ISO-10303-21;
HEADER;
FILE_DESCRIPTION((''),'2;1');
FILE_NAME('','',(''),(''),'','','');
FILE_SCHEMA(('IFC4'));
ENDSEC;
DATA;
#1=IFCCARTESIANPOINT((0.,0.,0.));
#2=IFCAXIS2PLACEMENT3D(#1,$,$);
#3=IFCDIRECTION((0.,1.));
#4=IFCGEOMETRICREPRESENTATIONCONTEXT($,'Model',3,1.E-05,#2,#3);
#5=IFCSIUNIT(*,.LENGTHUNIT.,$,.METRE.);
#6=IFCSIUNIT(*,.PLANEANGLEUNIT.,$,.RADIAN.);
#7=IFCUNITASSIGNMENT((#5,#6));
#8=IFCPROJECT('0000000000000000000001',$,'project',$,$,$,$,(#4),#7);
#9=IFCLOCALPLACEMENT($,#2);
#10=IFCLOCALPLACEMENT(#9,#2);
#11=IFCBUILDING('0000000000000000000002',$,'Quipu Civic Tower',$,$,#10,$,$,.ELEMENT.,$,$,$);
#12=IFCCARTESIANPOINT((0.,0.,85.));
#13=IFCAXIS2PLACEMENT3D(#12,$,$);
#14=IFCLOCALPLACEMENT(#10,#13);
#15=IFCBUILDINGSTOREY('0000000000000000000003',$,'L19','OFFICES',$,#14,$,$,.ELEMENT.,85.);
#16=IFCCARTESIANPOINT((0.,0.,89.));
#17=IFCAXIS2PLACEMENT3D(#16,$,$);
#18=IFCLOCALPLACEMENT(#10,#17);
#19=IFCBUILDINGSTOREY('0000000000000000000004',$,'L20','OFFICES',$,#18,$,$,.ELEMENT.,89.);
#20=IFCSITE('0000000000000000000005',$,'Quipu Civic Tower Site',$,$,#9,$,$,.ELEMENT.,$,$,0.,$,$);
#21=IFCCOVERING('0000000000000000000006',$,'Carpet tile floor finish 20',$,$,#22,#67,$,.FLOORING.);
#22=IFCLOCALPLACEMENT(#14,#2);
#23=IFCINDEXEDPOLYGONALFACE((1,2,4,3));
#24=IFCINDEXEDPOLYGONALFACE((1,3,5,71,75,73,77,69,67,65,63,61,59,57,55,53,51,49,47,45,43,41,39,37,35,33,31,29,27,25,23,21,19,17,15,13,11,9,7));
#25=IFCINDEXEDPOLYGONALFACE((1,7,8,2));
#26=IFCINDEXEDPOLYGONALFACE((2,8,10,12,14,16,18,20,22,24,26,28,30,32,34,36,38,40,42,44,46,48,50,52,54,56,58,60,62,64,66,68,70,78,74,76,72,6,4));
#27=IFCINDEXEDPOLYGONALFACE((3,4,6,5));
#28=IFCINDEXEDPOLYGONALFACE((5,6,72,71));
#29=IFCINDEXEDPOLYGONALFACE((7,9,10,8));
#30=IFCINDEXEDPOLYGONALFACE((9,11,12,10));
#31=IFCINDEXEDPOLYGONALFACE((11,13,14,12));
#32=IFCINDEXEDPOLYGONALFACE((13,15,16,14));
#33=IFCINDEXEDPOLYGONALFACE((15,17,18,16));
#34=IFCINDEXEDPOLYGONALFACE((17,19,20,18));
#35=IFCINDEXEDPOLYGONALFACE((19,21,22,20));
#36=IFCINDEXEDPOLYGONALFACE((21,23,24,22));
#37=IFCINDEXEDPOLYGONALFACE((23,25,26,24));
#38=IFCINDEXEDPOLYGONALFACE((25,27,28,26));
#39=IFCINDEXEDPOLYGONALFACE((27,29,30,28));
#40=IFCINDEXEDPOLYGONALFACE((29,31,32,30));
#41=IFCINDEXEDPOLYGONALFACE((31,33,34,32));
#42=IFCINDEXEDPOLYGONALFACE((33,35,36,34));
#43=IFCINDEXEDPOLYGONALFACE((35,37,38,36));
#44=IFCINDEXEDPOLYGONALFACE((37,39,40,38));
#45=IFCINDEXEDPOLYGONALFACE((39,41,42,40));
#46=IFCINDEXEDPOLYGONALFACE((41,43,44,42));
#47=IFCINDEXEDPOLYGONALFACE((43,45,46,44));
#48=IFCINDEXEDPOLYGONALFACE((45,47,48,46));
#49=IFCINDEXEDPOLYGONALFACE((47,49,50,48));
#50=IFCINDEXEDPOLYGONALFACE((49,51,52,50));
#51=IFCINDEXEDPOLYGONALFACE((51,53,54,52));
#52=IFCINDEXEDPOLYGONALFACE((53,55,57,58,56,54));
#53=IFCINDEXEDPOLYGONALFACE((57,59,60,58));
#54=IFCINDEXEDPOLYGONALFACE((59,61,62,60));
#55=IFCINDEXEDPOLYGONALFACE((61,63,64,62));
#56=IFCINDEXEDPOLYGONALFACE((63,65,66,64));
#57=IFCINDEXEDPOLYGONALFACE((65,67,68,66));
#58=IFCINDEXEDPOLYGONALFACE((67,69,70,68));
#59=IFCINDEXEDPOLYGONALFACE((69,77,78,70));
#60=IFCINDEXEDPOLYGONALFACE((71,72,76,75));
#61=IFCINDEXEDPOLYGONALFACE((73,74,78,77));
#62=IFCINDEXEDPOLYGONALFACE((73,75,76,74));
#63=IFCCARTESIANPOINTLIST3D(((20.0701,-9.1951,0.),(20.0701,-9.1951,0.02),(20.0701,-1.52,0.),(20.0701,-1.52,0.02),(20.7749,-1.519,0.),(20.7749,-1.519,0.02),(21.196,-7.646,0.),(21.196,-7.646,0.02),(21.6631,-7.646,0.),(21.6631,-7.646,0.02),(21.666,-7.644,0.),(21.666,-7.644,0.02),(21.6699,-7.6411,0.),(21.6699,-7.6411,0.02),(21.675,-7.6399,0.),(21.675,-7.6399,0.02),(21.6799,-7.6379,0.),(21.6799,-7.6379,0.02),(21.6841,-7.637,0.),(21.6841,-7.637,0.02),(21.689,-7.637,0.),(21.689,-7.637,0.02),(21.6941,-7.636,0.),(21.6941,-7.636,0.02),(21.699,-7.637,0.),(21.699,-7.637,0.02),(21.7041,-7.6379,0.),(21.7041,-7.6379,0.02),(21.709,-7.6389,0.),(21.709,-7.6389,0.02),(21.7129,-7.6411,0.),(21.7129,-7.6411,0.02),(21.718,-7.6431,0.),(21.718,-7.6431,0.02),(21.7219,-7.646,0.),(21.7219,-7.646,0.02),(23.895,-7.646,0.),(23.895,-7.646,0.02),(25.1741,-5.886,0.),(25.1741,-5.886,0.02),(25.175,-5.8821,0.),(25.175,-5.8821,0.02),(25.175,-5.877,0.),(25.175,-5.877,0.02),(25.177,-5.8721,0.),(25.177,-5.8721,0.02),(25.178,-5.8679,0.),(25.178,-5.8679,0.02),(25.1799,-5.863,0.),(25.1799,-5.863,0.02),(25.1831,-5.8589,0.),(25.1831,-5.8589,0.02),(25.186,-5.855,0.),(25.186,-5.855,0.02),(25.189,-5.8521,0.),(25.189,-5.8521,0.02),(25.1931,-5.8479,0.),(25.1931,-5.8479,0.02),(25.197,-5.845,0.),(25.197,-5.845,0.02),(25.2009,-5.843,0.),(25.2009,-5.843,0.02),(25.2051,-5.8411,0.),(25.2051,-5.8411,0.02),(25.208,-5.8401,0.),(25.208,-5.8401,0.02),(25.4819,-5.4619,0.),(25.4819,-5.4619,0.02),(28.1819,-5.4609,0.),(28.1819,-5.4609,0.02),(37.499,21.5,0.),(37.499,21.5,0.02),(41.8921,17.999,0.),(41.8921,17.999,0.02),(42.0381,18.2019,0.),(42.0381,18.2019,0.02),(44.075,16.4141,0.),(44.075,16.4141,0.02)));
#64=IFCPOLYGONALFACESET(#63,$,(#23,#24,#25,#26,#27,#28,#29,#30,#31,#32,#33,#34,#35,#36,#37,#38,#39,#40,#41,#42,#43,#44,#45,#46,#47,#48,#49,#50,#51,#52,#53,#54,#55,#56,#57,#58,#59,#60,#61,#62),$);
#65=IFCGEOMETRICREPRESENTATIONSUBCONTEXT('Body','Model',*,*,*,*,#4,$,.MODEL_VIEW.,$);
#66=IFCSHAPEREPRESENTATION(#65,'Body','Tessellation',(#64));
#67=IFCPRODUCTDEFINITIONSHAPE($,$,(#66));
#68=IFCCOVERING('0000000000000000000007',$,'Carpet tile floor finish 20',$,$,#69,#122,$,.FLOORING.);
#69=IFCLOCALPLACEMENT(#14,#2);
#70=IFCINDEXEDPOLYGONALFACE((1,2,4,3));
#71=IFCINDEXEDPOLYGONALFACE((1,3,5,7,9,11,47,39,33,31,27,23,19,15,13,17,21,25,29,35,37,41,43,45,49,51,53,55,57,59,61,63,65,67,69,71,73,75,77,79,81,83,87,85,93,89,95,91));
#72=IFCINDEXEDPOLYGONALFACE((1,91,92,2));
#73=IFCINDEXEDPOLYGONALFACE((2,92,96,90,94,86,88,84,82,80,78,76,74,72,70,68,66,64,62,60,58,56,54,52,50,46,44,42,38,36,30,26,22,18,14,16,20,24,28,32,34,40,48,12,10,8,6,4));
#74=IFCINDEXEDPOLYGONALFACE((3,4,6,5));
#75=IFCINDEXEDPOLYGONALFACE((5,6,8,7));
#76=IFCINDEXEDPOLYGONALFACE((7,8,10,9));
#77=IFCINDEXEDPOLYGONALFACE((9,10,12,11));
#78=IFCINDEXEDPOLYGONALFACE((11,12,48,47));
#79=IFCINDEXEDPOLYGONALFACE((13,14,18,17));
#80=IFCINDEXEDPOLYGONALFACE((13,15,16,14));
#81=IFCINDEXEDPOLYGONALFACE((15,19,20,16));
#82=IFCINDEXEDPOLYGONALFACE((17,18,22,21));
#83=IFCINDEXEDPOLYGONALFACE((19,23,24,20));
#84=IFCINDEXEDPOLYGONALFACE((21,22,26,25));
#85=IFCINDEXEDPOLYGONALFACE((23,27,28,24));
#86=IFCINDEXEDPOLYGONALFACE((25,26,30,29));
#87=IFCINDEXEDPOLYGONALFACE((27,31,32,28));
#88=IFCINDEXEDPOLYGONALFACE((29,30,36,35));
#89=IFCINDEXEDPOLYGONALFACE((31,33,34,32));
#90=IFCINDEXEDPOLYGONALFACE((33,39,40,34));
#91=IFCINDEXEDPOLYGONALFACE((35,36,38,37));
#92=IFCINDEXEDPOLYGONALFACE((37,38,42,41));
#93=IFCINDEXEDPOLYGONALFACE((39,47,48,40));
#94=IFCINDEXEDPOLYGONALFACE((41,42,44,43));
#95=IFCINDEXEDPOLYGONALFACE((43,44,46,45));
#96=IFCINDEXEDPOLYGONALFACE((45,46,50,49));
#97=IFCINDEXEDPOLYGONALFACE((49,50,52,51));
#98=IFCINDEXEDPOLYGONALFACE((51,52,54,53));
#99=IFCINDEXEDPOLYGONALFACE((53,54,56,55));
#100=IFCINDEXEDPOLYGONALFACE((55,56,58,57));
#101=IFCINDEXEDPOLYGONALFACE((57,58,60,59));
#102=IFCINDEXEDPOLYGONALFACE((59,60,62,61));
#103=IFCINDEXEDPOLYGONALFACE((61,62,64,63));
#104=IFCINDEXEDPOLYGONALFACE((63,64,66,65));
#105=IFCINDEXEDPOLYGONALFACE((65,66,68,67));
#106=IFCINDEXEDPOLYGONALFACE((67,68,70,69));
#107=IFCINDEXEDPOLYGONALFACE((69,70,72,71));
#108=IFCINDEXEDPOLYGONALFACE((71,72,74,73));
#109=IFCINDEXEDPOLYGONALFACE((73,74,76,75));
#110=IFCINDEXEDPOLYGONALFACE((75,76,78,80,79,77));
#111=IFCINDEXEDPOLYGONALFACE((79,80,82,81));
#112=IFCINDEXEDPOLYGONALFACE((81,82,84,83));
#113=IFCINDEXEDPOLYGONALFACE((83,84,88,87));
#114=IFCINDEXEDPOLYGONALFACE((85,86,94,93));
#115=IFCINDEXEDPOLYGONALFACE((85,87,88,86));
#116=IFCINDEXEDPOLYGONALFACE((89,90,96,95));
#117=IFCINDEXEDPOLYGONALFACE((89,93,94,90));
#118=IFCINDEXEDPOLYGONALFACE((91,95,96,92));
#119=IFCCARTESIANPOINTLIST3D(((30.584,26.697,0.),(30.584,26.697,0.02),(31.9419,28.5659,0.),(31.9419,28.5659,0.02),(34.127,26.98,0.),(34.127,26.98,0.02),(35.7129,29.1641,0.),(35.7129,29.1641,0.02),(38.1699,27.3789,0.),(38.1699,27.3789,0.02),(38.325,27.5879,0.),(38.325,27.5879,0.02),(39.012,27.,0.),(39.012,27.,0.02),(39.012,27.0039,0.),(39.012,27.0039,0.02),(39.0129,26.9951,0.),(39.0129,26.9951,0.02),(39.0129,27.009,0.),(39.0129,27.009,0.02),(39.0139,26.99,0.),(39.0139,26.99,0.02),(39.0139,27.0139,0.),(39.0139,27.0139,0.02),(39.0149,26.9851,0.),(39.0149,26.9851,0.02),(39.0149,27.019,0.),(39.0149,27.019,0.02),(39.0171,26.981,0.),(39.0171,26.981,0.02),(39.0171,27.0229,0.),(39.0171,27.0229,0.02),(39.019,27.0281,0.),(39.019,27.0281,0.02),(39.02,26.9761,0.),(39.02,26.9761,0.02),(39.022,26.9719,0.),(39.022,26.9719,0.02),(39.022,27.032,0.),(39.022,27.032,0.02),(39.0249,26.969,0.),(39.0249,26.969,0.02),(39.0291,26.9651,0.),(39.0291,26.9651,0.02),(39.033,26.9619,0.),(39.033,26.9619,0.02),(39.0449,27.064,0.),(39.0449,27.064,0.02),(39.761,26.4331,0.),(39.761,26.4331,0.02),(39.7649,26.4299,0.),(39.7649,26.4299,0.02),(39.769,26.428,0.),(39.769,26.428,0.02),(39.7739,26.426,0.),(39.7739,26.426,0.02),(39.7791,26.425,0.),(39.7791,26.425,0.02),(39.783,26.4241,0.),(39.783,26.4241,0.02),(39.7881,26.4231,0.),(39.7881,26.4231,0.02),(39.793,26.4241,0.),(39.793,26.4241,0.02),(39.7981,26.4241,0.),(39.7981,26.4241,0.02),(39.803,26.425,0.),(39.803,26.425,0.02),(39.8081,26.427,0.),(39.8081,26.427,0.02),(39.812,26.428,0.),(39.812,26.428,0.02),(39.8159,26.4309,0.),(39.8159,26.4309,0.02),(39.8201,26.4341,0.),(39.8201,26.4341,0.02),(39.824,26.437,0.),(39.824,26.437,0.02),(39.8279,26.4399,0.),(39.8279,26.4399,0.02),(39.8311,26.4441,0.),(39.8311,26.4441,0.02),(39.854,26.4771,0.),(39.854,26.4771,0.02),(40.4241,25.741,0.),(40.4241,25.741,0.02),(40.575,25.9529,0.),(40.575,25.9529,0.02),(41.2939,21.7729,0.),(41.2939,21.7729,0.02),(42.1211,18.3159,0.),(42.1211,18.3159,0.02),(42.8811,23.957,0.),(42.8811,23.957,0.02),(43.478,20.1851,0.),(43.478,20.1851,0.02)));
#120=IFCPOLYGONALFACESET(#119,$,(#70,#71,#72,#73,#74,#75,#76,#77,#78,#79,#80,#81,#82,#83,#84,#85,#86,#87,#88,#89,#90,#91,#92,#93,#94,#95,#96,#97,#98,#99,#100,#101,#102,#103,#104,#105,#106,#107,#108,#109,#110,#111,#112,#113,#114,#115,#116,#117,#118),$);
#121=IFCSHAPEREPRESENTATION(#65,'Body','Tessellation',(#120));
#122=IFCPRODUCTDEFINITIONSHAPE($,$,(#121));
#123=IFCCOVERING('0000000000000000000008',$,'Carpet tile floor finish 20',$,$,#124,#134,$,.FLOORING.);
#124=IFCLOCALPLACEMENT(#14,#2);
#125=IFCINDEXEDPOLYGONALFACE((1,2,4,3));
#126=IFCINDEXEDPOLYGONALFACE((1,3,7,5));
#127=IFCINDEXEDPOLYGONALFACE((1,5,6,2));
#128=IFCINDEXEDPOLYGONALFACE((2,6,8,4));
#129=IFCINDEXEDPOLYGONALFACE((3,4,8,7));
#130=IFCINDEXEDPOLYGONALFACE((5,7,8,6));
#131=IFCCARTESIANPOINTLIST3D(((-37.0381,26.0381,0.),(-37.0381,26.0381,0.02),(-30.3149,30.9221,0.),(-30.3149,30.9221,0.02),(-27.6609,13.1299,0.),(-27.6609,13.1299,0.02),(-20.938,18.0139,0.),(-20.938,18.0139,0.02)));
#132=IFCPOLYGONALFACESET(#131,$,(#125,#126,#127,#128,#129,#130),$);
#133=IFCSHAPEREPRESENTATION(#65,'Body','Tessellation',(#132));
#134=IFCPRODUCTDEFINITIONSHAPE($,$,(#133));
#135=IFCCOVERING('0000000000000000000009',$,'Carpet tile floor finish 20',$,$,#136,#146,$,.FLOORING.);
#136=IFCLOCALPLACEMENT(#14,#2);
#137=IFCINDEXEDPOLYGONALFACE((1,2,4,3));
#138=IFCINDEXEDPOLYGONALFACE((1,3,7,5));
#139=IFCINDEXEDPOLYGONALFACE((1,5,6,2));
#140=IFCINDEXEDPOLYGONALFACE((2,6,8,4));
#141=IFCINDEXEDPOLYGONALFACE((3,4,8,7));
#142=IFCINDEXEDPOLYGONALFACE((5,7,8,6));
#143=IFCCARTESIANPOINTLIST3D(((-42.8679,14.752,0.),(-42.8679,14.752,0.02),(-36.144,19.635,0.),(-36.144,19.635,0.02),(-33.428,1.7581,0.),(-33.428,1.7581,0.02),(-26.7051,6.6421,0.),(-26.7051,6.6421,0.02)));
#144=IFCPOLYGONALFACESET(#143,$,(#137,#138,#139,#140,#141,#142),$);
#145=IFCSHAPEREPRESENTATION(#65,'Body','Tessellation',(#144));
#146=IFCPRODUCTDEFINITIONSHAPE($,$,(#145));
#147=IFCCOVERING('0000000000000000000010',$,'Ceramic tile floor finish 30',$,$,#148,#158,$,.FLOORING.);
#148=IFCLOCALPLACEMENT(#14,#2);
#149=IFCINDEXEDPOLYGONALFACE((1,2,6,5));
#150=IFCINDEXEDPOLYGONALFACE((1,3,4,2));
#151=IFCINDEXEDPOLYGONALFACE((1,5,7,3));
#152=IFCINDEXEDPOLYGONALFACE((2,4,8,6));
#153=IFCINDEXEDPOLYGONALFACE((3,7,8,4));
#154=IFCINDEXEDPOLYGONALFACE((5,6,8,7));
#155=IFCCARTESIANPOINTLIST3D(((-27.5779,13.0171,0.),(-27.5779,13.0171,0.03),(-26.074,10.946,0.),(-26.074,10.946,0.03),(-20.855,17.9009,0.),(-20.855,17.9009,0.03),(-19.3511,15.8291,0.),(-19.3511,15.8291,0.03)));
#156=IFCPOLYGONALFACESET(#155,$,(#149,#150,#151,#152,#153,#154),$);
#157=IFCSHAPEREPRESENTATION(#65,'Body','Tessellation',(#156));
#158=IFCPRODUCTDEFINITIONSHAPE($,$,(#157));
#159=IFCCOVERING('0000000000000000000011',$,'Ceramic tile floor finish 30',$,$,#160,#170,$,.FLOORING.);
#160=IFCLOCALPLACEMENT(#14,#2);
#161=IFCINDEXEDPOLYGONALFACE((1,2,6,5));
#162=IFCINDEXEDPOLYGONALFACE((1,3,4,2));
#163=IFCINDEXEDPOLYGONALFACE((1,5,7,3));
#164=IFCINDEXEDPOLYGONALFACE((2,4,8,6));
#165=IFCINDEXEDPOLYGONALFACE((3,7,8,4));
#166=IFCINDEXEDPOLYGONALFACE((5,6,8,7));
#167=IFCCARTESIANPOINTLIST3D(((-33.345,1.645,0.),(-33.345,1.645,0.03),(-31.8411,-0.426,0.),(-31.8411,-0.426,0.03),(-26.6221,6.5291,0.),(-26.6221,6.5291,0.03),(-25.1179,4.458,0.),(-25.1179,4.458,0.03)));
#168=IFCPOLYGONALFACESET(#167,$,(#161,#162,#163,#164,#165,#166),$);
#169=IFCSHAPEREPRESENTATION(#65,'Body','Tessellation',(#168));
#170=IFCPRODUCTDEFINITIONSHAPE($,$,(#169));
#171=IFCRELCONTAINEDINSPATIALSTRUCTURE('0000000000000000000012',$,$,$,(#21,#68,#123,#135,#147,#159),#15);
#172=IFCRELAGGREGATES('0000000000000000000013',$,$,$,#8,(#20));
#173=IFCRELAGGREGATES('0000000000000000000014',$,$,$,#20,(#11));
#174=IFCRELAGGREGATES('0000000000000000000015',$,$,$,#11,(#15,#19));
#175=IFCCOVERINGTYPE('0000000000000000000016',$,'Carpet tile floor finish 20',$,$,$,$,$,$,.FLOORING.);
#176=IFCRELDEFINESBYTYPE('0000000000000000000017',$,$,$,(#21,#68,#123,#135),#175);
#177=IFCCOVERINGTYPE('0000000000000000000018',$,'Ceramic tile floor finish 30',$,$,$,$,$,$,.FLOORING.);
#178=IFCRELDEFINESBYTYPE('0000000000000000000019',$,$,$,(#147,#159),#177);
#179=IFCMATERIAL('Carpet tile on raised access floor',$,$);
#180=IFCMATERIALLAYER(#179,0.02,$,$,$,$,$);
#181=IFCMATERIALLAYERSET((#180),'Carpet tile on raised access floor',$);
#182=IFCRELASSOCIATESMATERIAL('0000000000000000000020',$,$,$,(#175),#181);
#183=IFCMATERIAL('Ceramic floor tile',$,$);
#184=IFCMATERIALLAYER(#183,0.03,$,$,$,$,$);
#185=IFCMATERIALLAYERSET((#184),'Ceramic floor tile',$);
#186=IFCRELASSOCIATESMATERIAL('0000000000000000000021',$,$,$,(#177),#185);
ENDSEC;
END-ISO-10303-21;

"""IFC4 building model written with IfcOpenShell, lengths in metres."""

from ifc_helpers import new_model, si_unit, direction, frame, origin, place, context, subcontext, project, spatial, polyline, outline, extrude, material, layer, layer_set, type_object, element, save


model = new_model("IFC4")

# Units and contexts
model_context = context("Model", 3, precision=1e-05, world=origin(), true_north=direction((0.0, 1.0)))
body_context = subcontext(model_context, "Body", "Model", "MODEL_VIEW")
ifc_project = project(units=[si_unit("LENGTHUNIT", "METRE"), si_unit("PLANEANGLEUNIT", "RADIAN")], contexts=[model_context])

# Site, building, storey
site_placement = place(None, origin())
site = spatial("IfcSite", under=ifc_project, at=site_placement, Name="Quipu Civic Tower Site", CompositionType="ELEMENT", RefElevation=0.0)
building_placement = place(site_placement, origin())
building = spatial("IfcBuilding", under=site, at=building_placement, Name="Quipu Civic Tower", CompositionType="ELEMENT")
storey_1_placement = place(building_placement, frame((0.0, 0.0, 85.0)))
storey_1 = spatial("IfcBuildingStorey", under=building, at=storey_1_placement, Name="L19", Description="OFFICES", CompositionType="ELEMENT", Elevation=85.0)

# Shared definitions
storey_2_placement = place(building_placement, frame((0.0, 0.0, 89.0)))
storey_2 = spatial("IfcBuildingStorey", under=building, at=storey_2_placement, Name="L20", Description="OFFICES", CompositionType="ELEMENT", Elevation=89.0)

# Coverings
ifc_material_1 = material(Name="Carpet tile on raised access floor")
ifc_layer_1 = layer(ifc_material_1, 0.02)
ifc_layer_set_1 = layer_set([ifc_layer_1], Name="Carpet tile on raised access floor")
covering_type_1 = type_object("IfcCoveringType", Name="Carpet tile floor finish 20", PredefinedType="FLOORING", material=ifc_layer_set_1)
covering_1_placement = place(storey_1_placement, origin())
element("IfcCovering", 1, at=covering_1_placement, inside=storey_1, type_object=covering_type_1, Name="Carpet tile floor finish 20", PredefinedType="FLOORING", context=body_context, shape_type="SweptSolid", body=[
    extrude(outline(polyline([(20.0701, -9.1951), (20.0701, -1.52), (20.7749, -1.519), (37.499, 21.5), (42.0381, 18.2019), (41.8921, 17.999), (44.075, 16.4141), (28.1819, -5.4609), (25.4819, -5.4619), (25.208, -5.8401), (25.2051, -5.8411), (25.2009, -5.843), (25.197, -5.845), (25.1931, -5.8479), (25.189, -5.8521), (25.186, -5.855), (25.1831, -5.8589), (25.1799, -5.863), (25.178, -5.8679), (25.177, -5.8721), (25.175, -5.877), (25.175, -5.8821), (25.1741, -5.886), (23.895, -7.646), (21.7219, -7.646), (21.7219, -7.646), (21.718, -7.6431), (21.7129, -7.6411), (21.709, -7.6389), (21.7041, -7.6379), (21.699, -7.637), (21.6941, -7.636), (21.689, -7.637), (21.6841, -7.637), (21.6799, -7.6379), (21.675, -7.6399), (21.6699, -7.6411), (21.666, -7.644), (21.6631, -7.646), (21.196, -7.646), (20.0701, -9.1951)])), origin(), (0.0, 0.0, 1.0), 0.02),
])
covering_2_placement = place(storey_1_placement, origin())
element("IfcCovering", 2, at=covering_2_placement, inside=storey_1, type_object=covering_type_1, Name="Carpet tile floor finish 20", PredefinedType="FLOORING", context=body_context, shape_type="SweptSolid", body=[
    extrude(outline(polyline([(30.584, 26.697), (31.9419, 28.5659), (34.127, 26.98), (35.7129, 29.1641), (38.1699, 27.3789), (38.325, 27.5879), (39.0449, 27.064), (39.022, 27.032), (39.019, 27.0281), (39.0171, 27.0229), (39.0149, 27.019), (39.0139, 27.0139), (39.0129, 27.009), (39.012, 27.0039), (39.012, 27.0), (39.0129, 26.9951), (39.0139, 26.99), (39.0149, 26.9851), (39.0171, 26.981), (39.02, 26.9761), (39.022, 26.9719), (39.0249, 26.969), (39.0291, 26.9651), (39.033, 26.9619), (39.761, 26.4331), (39.7649, 26.4299), (39.769, 26.428), (39.7739, 26.426), (39.7791, 26.425), (39.783, 26.4241), (39.7881, 26.4231), (39.793, 26.4241), (39.7981, 26.4241), (39.803, 26.425), (39.8081, 26.427), (39.812, 26.428), (39.8159, 26.4309), (39.8201, 26.4341), (39.824, 26.437), (39.8279, 26.4399), (39.8311, 26.4441), (39.854, 26.4771), (40.575, 25.9529), (40.4241, 25.741), (42.8811, 23.957), (41.2939, 21.7729), (43.478, 20.1851), (42.1211, 18.3159), (30.584, 26.697)])), origin(), (0.0, 0.0, 1.0), 0.02),
])
covering_3_placement = place(storey_1_placement, origin())
element("IfcCovering", 3, at=covering_3_placement, inside=storey_1, type_object=covering_type_1, Name="Carpet tile floor finish 20", PredefinedType="FLOORING", context=body_context, shape_type="SweptSolid", body=[
    extrude(outline(polyline([(-37.0381, 26.0381), (-30.3149, 30.9221), (-20.938, 18.0139), (-27.6609, 13.1299), (-37.0381, 26.0381)])), origin(), (0.0, 0.0, 1.0), 0.02),
])
covering_4_placement = place(storey_1_placement, origin())
element("IfcCovering", 4, at=covering_4_placement, inside=storey_1, type_object=covering_type_1, Name="Carpet tile floor finish 20", PredefinedType="FLOORING", context=body_context, shape_type="SweptSolid", body=[
    extrude(outline(polyline([(-42.8679, 14.752), (-36.144, 19.635), (-26.7051, 6.6421), (-33.428, 1.7581), (-42.8679, 14.752)])), origin(), (0.0, 0.0, 1.0), 0.02),
])
ifc_material_2 = material(Name="Ceramic floor tile")
ifc_layer_2 = layer(ifc_material_2, 0.03)
ifc_layer_set_2 = layer_set([ifc_layer_2], Name="Ceramic floor tile")
covering_type_2 = type_object("IfcCoveringType", Name="Ceramic tile floor finish 30", PredefinedType="FLOORING", material=ifc_layer_set_2)
covering_5_placement = place(storey_1_placement, origin())
element("IfcCovering", 5, at=covering_5_placement, inside=storey_1, type_object=covering_type_2, Name="Ceramic tile floor finish 30", PredefinedType="FLOORING", context=body_context, shape_type="SweptSolid", body=[
    extrude(outline(polyline([(-27.5779, 13.0171), (-20.855, 17.9009), (-19.3511, 15.8291), (-26.074, 10.946), (-27.5779, 13.0171)])), origin(), (0.0, 0.0, 1.0), 0.03),
])
covering_6_placement = place(storey_1_placement, origin())
element("IfcCovering", 6, at=covering_6_placement, inside=storey_1, type_object=covering_type_2, Name="Ceramic tile floor finish 30", PredefinedType="FLOORING", context=body_context, shape_type="SweptSolid", body=[
    extrude(outline(polyline([(-33.345, 1.645), (-26.6221, 6.5291), (-25.1179, 4.458), (-31.8411, -0.426), (-33.345, 1.645)])), origin(), (0.0, 0.0, 1.0), 0.03),
])

save(model, "model.ifc")
